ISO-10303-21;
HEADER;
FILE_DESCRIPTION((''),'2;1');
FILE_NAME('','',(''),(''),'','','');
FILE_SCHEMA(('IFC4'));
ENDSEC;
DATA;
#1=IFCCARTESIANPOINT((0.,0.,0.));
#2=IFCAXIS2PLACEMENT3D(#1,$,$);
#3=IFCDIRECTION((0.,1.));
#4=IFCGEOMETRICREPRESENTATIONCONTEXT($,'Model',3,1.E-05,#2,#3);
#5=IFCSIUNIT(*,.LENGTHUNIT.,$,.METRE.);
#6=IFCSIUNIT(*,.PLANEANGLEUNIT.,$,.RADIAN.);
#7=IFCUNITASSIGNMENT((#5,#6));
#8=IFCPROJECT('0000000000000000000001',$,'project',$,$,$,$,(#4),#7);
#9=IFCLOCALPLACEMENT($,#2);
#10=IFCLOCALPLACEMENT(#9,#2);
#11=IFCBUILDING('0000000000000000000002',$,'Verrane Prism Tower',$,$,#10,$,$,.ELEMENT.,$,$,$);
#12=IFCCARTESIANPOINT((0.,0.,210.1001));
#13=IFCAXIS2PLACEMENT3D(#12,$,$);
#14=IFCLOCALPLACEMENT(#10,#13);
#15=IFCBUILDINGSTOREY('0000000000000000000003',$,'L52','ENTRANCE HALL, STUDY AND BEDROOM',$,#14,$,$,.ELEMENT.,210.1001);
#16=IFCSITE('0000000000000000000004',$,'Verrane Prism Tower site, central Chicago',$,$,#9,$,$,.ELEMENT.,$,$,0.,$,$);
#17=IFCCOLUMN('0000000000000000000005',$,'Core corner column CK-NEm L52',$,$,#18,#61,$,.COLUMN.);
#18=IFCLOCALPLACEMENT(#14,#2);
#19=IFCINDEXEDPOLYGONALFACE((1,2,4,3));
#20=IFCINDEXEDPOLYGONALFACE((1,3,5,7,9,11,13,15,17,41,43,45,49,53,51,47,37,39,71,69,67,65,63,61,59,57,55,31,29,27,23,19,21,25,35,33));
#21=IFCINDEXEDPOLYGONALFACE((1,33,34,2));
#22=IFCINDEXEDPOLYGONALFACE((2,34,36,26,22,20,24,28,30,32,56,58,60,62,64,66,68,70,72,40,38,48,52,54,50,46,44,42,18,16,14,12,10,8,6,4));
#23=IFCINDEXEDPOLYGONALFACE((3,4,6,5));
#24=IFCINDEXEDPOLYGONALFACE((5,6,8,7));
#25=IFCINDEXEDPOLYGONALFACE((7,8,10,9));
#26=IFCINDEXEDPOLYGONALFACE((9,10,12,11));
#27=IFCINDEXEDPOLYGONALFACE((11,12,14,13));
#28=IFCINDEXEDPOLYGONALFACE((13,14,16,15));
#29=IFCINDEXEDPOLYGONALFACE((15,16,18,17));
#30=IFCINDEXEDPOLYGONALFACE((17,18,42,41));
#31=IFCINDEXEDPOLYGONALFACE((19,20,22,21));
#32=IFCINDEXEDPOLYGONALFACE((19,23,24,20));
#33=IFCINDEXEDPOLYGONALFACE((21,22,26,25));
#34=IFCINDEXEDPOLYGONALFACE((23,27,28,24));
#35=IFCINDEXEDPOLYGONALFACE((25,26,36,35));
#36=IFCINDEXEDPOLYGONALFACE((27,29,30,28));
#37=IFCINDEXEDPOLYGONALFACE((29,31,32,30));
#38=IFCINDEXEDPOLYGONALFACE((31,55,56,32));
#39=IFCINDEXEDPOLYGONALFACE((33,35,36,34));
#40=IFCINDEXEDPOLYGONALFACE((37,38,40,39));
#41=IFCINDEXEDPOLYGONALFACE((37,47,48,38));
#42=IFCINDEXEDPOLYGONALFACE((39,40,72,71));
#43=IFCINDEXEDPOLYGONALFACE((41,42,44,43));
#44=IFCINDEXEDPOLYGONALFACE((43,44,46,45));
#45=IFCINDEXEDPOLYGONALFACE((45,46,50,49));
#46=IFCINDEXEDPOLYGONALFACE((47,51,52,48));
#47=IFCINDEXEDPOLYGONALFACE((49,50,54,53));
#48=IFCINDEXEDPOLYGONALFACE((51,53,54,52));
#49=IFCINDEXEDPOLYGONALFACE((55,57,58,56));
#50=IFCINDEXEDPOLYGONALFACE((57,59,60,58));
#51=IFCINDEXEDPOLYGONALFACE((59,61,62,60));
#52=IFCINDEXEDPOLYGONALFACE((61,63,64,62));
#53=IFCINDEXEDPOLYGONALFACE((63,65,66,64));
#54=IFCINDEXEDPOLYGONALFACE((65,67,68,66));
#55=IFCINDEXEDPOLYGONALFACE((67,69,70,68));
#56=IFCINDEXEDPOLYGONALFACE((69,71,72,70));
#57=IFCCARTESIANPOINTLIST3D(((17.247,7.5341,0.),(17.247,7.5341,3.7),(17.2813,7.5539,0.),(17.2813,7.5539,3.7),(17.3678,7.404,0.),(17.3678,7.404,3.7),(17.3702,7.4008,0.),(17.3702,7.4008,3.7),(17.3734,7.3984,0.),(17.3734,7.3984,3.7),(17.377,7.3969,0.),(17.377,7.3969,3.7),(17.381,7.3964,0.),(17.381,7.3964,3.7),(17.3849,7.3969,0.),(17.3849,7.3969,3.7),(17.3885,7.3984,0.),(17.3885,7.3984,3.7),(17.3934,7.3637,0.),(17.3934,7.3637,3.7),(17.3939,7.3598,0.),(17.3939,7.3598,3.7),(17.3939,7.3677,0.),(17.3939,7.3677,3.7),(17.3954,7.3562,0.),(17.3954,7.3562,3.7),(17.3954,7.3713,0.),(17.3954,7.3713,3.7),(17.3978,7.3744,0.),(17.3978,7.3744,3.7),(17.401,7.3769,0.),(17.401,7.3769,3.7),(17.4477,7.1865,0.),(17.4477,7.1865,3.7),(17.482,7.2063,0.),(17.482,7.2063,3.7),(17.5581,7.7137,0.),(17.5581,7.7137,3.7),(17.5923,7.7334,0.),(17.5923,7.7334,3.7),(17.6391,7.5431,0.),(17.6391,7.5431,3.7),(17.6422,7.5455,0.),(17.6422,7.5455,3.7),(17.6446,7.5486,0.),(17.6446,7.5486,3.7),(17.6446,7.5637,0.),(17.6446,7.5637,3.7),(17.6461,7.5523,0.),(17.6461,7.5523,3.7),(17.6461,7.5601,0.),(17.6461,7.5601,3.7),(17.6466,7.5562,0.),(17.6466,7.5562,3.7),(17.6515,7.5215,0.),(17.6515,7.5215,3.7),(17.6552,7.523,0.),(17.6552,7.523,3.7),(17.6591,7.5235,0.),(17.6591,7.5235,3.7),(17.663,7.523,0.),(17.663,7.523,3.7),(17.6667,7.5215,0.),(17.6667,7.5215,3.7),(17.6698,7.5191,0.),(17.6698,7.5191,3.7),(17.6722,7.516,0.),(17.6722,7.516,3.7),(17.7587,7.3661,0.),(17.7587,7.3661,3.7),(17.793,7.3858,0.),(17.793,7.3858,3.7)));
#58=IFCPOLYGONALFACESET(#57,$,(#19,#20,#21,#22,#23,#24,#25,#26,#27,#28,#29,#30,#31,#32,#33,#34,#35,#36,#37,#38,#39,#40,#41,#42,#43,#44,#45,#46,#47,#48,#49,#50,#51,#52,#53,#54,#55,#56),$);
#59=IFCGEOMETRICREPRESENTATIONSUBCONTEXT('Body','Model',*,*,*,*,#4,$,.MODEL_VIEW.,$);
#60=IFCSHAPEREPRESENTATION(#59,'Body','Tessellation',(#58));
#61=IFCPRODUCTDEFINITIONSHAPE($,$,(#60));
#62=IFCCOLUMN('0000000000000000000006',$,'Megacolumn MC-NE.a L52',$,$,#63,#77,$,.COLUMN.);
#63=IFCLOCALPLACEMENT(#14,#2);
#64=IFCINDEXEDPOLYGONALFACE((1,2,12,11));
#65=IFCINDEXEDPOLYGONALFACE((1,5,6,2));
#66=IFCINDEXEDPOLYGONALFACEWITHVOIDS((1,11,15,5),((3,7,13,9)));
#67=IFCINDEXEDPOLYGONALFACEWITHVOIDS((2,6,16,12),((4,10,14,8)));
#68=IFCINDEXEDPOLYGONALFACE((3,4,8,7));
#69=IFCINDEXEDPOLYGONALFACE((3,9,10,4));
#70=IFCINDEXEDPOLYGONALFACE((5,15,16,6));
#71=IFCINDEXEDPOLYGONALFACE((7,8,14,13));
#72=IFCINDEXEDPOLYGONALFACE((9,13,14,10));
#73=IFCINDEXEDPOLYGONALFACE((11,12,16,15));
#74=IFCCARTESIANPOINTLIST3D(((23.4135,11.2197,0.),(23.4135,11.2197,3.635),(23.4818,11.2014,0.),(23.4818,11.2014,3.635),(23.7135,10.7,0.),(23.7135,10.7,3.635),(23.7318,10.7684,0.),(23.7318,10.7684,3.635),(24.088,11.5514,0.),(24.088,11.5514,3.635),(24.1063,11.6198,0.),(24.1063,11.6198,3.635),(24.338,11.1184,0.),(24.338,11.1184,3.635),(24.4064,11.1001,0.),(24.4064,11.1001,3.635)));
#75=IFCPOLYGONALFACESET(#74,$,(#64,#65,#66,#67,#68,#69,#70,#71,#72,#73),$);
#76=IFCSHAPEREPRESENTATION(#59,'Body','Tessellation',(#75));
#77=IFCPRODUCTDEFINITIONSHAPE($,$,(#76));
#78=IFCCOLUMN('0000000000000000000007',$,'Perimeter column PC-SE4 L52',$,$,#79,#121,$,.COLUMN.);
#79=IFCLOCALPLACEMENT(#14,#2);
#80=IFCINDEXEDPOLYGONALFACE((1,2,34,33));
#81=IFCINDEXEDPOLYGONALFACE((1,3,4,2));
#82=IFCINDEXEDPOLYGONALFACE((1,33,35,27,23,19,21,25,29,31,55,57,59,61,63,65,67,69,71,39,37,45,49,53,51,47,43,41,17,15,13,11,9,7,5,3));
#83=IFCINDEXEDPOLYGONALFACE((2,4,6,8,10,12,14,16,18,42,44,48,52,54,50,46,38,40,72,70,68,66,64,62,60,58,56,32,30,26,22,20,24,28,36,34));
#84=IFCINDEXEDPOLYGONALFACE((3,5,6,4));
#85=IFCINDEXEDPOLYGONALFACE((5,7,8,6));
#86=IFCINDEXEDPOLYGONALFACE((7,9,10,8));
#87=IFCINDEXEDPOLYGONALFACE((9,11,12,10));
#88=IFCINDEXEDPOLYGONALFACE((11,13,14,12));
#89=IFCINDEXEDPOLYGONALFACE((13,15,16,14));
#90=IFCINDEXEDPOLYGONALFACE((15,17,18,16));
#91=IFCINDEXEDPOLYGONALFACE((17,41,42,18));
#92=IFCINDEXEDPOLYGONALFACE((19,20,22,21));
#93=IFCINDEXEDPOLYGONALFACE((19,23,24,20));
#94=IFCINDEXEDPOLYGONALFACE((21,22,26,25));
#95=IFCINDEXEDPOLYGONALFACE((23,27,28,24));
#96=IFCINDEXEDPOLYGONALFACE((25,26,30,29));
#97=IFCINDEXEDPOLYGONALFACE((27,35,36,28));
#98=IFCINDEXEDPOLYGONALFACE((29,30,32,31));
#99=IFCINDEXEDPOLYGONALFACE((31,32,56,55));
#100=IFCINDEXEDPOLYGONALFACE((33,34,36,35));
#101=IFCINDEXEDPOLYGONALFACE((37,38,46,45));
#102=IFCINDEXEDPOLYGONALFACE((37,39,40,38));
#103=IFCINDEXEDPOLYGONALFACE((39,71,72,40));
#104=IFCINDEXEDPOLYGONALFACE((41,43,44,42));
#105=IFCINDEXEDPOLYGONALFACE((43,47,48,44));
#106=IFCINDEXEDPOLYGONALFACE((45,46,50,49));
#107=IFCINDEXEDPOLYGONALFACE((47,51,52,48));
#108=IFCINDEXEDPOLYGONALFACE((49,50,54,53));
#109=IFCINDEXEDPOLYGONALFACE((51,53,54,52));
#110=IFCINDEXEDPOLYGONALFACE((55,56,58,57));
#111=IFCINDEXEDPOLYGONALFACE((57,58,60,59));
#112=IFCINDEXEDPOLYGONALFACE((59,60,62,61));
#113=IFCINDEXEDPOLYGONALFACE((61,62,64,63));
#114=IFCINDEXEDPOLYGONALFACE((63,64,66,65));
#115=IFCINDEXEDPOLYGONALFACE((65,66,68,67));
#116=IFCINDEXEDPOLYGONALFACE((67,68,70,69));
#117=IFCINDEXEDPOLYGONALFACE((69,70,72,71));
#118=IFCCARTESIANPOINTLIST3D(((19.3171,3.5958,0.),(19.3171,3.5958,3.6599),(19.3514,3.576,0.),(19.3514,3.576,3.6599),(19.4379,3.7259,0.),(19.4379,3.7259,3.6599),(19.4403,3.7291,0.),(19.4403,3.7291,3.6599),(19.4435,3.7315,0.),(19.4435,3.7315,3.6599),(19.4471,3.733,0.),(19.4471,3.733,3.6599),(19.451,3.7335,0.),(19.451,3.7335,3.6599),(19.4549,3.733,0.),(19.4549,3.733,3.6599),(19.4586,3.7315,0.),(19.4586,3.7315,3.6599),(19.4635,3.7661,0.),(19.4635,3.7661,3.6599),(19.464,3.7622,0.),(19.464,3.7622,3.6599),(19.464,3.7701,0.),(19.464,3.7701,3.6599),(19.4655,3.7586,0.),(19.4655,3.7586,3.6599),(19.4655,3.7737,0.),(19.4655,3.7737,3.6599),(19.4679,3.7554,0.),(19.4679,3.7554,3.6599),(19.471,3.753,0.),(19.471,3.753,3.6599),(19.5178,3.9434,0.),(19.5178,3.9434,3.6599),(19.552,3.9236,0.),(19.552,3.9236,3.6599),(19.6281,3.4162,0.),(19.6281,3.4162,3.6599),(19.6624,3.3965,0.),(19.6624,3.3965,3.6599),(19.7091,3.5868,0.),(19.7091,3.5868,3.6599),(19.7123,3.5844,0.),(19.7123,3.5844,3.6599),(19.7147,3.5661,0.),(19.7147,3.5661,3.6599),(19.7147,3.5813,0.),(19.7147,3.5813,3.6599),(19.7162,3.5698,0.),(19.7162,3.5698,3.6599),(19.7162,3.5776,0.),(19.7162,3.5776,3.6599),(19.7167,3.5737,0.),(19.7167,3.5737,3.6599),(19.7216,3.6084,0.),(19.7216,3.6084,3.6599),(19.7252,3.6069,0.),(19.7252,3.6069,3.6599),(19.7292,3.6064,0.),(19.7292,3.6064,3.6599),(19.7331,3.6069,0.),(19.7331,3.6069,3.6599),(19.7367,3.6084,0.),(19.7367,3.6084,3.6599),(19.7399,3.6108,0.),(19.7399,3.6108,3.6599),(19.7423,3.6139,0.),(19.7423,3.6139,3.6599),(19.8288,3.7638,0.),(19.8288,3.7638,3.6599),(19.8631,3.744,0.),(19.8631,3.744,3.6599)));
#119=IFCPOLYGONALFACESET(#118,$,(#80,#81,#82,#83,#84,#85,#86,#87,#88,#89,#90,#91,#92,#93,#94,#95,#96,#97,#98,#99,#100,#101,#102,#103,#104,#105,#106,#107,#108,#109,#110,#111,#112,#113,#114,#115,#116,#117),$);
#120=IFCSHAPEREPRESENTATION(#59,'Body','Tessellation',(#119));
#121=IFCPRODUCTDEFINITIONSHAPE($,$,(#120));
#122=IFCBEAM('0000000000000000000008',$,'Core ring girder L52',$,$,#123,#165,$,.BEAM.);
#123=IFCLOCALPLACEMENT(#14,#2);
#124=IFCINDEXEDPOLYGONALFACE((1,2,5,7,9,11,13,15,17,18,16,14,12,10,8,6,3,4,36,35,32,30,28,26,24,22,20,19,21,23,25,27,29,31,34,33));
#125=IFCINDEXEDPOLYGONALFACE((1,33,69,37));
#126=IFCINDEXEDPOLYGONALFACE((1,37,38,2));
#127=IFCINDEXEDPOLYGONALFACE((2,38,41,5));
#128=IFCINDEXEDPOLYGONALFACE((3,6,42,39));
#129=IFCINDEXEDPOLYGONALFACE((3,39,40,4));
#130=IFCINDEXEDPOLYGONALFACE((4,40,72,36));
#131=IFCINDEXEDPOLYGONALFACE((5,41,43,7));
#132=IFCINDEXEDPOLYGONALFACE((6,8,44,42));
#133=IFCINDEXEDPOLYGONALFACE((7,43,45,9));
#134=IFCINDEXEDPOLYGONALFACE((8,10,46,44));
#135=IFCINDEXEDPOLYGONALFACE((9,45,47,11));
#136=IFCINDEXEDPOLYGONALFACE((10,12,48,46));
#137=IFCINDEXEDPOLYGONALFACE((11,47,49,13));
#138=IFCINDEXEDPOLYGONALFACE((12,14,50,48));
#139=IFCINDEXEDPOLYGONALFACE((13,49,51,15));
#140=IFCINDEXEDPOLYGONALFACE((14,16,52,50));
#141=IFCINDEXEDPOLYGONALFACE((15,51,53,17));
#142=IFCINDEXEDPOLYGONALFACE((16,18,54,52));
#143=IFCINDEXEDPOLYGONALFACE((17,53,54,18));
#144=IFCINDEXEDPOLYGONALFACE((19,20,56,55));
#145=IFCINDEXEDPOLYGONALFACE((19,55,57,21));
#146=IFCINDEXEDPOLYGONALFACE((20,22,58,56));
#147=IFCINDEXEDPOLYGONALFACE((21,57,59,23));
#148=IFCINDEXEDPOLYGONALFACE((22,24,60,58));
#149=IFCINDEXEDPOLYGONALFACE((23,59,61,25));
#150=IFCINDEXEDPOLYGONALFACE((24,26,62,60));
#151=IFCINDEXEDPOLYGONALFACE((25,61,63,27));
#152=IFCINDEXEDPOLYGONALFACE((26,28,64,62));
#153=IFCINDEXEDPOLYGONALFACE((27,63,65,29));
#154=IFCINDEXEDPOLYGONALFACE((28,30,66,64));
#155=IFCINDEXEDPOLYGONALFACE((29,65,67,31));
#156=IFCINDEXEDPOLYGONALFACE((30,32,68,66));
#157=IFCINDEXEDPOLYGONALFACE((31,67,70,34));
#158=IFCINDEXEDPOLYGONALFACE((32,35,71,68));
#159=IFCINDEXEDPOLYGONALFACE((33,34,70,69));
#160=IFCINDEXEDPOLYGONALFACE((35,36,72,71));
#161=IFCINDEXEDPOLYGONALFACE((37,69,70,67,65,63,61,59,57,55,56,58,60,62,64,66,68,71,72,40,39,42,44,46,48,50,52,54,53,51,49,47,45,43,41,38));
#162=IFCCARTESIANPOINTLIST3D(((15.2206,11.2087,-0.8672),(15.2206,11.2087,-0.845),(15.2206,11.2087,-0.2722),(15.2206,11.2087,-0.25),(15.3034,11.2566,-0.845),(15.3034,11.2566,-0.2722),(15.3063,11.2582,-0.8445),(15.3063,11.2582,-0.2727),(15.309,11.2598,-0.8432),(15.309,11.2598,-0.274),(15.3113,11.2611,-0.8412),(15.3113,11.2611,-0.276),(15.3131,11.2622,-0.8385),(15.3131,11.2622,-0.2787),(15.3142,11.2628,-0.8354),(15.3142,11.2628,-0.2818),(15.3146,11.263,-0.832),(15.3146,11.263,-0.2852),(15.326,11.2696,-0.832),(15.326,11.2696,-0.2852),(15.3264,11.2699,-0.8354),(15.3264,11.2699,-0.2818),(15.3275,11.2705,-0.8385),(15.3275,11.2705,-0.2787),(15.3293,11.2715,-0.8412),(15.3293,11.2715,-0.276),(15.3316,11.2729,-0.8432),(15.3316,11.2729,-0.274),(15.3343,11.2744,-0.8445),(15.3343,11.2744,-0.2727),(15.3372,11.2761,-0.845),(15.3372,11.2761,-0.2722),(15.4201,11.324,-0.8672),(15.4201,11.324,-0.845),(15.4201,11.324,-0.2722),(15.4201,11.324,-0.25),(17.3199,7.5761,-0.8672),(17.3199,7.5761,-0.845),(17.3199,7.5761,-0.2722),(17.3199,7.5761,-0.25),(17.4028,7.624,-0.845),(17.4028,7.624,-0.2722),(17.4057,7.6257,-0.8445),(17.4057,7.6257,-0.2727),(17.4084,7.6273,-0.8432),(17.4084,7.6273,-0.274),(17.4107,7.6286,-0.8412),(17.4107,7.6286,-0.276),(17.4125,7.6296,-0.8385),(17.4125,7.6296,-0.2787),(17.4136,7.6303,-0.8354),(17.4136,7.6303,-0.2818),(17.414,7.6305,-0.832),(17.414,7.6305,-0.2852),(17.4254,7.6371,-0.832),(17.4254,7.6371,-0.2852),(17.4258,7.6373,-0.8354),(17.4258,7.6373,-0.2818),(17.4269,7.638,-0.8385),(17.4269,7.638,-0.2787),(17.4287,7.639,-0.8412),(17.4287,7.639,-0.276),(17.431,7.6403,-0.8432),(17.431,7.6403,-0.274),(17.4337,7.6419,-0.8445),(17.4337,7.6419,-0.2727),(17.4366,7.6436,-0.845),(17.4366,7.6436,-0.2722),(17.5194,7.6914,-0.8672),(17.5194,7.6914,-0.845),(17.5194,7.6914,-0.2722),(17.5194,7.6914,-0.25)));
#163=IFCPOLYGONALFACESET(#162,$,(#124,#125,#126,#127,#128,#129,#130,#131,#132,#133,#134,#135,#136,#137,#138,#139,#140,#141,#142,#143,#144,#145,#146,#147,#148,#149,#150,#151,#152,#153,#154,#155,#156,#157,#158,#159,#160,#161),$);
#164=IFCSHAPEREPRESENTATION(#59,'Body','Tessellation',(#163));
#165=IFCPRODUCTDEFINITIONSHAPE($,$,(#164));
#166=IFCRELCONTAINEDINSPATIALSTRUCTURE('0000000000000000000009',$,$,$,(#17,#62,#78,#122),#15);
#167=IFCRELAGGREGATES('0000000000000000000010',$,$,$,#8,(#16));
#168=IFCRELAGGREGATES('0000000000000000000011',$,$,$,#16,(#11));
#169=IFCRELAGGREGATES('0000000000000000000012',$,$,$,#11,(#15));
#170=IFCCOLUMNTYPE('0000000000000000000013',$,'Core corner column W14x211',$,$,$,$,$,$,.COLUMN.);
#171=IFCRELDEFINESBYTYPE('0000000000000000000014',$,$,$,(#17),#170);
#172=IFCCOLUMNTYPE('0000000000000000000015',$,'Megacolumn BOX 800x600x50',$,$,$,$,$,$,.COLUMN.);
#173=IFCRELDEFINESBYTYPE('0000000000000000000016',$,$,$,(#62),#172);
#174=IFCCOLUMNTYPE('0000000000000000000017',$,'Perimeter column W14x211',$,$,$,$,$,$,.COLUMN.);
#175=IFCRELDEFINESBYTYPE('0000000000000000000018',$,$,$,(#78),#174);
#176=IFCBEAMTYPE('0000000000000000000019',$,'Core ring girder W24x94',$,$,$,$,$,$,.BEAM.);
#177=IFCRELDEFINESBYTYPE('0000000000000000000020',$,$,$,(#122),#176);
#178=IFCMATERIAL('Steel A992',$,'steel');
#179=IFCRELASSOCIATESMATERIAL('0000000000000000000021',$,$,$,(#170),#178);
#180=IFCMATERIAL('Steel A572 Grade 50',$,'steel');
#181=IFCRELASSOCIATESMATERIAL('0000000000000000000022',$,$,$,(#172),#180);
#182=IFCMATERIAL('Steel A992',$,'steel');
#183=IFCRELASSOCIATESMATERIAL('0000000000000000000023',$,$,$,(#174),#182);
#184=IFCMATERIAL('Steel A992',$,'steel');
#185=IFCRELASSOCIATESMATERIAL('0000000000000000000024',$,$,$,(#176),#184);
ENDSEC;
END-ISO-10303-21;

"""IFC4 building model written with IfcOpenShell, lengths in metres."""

from ifc_helpers import new_model, si_unit, direction, frame, origin, origin_2d, place, context, subcontext, project, spatial, hollow_rectangle, i_section, extrude, material, material_profile, profile_set, type_object, element, save


model = new_model("IFC4")

# Units and contexts
model_context = context("Model", 3, precision=1e-05, world=origin(), true_north=direction((0.0, 1.0)))
body_context = subcontext(model_context, "Body", "Model", "MODEL_VIEW")
ifc_project = project(units=[si_unit("LENGTHUNIT", "METRE"), si_unit("PLANEANGLEUNIT", "RADIAN")], contexts=[model_context])

# Site, building, storey
site_placement = place(None, origin())
site = spatial("IfcSite", under=ifc_project, at=site_placement, Name="Verrane Prism Tower site, central Chicago", CompositionType="ELEMENT", RefElevation=0.0)
building_placement = place(site_placement, origin())
building = spatial("IfcBuilding", under=site, at=building_placement, Name="Verrane Prism Tower", CompositionType="ELEMENT")
storey_placement = place(building_placement, frame((0.0, 0.0, 210.1001)))
storey = spatial("IfcBuildingStorey", under=building, at=storey_placement, Name="L52", Description="ENTRANCE HALL, STUDY AND BEDROOM", CompositionType="ELEMENT", Elevation=210.1001)

# Columns
ifc_material_1 = material(Name="Steel A992", Category="steel")
ifc_material_profile_1 = material_profile(ifc_material_1, i_section(OverallWidth=0.4014, OverallDepth=0.3987, WebThickness=0.0249, FlangeThickness=0.0396, FilletRadius=0.0151, at=origin_2d()), Name="W14x211")
ifc_profile_set_1 = profile_set([ifc_material_profile_1], Name="Steel A992")
column_type_1 = type_object("IfcColumnType", Name="Core corner column W14x211", PredefinedType="COLUMN", material=ifc_profile_set_1)
column_1_placement = place(storey_placement, frame((17.52, 7.46, 0.0), z_axis=(0.0, 0.0, 1.0), x_axis=(0.5, -0.866025, 0.0)))
element("IfcColumn", 1, at=column_1_placement, inside=storey, type_object=column_type_1, Name="Core corner column CK-NEm L52", PredefinedType="COLUMN", context=body_context, shape_type="SweptSolid", body=[
    extrude(i_section(OverallWidth=0.4014, OverallDepth=0.3987, WebThickness=0.0249, FlangeThickness=0.0396, FilletRadius=0.0151, at=origin_2d()), origin(), (0.0, 0.0, 1.0), 3.7),
])
ifc_material_2 = material(Name="Steel A572 Grade 50", Category="steel")
ifc_material_profile_2 = material_profile(ifc_material_2, hollow_rectangle(XDim=0.6001, YDim=0.8, WallThickness=0.05, at=origin_2d()), Name="BOX 800x600x50")
ifc_profile_set_2 = profile_set([ifc_material_profile_2], Name="Steel A572 Grade 50")
column_type_2 = type_object("IfcColumnType", Name="Megacolumn BOX 800x600x50", PredefinedType="COLUMN", material=ifc_profile_set_2)
column_2_placement = place(storey_placement, frame((23.9099, 11.1599, 0.0), z_axis=(0.0, 0.0, 1.0), x_axis=(0.5, -0.866025, 0.0)))
element("IfcColumn", 2, at=column_2_placement, inside=storey, type_object=column_type_2, Name="Megacolumn MC-NE.a L52", PredefinedType="COLUMN", context=body_context, shape_type="SweptSolid", body=[
    extrude(hollow_rectangle(XDim=0.6001, YDim=0.8, WallThickness=0.05, at=origin_2d()), origin(), (0.0, 0.0, 1.0), 3.635),
])
ifc_material_3 = material(Name="Steel A992", Category="steel")
ifc_material_profile_3 = material_profile(ifc_material_3, i_section(OverallWidth=0.4014, OverallDepth=0.3987, WebThickness=0.0249, FlangeThickness=0.0396, FilletRadius=0.0151, at=origin_2d()), Name="W14x211")
ifc_profile_set_3 = profile_set([ifc_material_profile_3], Name="Steel A992")
column_type_3 = type_object("IfcColumnType", Name="Perimeter column W14x211", PredefinedType="COLUMN", material=ifc_profile_set_3)
column_3_placement = place(storey_placement, frame((19.5901, 3.6699, 0.0), z_axis=(0.0, 0.0, 1.0), x_axis=(-0.5, -0.866025, 0.0)))
element("IfcColumn", 3, at=column_3_placement, inside=storey, type_object=column_type_3, Name="Perimeter column PC-SE4 L52", PredefinedType="COLUMN", context=body_context, shape_type="SweptSolid", body=[
    extrude(i_section(OverallWidth=0.4014, OverallDepth=0.3987, WebThickness=0.0249, FlangeThickness=0.0396, FilletRadius=0.0151, at=origin_2d()), origin(), (0.0, 0.0, 1.0), 3.6599),
])

# Beam
ifc_material_4 = material(Name="Steel A992", Category="steel")
ifc_material_profile_4 = material_profile(ifc_material_4, i_section(OverallWidth=0.2305, OverallDepth=0.6172, WebThickness=0.0132, FlangeThickness=0.0222, FilletRadius=0.0129, at=origin_2d()), Name="W24x94")
ifc_profile_set_4 = profile_set([ifc_material_profile_4], Name="Steel A992")
beam_type_1 = type_object("IfcBeamType", Name="Core ring girder W24x94", PredefinedType="BEAM", material=ifc_profile_set_4)
beam_1_placement = place(storey_placement, frame((17.4197, 7.6338, -0.5586), z_axis=(-0.500376, 0.865808, 0.0), x_axis=(-0.865808, -0.500376, 0.0)))
element("IfcBeam", 4, at=beam_1_placement, inside=storey, type_object=beam_type_1, Name="Core ring girder L52", PredefinedType="BEAM", context=body_context, shape_type="SweptSolid", body=[
    extrude(i_section(OverallWidth=0.2305, OverallDepth=0.6172, WebThickness=0.0132, FlangeThickness=0.0222, FilletRadius=0.0129, at=origin_2d()), origin(), (0.0, 0.0, 1.0), 4.1956),
])

save(model, "model.ifc")
